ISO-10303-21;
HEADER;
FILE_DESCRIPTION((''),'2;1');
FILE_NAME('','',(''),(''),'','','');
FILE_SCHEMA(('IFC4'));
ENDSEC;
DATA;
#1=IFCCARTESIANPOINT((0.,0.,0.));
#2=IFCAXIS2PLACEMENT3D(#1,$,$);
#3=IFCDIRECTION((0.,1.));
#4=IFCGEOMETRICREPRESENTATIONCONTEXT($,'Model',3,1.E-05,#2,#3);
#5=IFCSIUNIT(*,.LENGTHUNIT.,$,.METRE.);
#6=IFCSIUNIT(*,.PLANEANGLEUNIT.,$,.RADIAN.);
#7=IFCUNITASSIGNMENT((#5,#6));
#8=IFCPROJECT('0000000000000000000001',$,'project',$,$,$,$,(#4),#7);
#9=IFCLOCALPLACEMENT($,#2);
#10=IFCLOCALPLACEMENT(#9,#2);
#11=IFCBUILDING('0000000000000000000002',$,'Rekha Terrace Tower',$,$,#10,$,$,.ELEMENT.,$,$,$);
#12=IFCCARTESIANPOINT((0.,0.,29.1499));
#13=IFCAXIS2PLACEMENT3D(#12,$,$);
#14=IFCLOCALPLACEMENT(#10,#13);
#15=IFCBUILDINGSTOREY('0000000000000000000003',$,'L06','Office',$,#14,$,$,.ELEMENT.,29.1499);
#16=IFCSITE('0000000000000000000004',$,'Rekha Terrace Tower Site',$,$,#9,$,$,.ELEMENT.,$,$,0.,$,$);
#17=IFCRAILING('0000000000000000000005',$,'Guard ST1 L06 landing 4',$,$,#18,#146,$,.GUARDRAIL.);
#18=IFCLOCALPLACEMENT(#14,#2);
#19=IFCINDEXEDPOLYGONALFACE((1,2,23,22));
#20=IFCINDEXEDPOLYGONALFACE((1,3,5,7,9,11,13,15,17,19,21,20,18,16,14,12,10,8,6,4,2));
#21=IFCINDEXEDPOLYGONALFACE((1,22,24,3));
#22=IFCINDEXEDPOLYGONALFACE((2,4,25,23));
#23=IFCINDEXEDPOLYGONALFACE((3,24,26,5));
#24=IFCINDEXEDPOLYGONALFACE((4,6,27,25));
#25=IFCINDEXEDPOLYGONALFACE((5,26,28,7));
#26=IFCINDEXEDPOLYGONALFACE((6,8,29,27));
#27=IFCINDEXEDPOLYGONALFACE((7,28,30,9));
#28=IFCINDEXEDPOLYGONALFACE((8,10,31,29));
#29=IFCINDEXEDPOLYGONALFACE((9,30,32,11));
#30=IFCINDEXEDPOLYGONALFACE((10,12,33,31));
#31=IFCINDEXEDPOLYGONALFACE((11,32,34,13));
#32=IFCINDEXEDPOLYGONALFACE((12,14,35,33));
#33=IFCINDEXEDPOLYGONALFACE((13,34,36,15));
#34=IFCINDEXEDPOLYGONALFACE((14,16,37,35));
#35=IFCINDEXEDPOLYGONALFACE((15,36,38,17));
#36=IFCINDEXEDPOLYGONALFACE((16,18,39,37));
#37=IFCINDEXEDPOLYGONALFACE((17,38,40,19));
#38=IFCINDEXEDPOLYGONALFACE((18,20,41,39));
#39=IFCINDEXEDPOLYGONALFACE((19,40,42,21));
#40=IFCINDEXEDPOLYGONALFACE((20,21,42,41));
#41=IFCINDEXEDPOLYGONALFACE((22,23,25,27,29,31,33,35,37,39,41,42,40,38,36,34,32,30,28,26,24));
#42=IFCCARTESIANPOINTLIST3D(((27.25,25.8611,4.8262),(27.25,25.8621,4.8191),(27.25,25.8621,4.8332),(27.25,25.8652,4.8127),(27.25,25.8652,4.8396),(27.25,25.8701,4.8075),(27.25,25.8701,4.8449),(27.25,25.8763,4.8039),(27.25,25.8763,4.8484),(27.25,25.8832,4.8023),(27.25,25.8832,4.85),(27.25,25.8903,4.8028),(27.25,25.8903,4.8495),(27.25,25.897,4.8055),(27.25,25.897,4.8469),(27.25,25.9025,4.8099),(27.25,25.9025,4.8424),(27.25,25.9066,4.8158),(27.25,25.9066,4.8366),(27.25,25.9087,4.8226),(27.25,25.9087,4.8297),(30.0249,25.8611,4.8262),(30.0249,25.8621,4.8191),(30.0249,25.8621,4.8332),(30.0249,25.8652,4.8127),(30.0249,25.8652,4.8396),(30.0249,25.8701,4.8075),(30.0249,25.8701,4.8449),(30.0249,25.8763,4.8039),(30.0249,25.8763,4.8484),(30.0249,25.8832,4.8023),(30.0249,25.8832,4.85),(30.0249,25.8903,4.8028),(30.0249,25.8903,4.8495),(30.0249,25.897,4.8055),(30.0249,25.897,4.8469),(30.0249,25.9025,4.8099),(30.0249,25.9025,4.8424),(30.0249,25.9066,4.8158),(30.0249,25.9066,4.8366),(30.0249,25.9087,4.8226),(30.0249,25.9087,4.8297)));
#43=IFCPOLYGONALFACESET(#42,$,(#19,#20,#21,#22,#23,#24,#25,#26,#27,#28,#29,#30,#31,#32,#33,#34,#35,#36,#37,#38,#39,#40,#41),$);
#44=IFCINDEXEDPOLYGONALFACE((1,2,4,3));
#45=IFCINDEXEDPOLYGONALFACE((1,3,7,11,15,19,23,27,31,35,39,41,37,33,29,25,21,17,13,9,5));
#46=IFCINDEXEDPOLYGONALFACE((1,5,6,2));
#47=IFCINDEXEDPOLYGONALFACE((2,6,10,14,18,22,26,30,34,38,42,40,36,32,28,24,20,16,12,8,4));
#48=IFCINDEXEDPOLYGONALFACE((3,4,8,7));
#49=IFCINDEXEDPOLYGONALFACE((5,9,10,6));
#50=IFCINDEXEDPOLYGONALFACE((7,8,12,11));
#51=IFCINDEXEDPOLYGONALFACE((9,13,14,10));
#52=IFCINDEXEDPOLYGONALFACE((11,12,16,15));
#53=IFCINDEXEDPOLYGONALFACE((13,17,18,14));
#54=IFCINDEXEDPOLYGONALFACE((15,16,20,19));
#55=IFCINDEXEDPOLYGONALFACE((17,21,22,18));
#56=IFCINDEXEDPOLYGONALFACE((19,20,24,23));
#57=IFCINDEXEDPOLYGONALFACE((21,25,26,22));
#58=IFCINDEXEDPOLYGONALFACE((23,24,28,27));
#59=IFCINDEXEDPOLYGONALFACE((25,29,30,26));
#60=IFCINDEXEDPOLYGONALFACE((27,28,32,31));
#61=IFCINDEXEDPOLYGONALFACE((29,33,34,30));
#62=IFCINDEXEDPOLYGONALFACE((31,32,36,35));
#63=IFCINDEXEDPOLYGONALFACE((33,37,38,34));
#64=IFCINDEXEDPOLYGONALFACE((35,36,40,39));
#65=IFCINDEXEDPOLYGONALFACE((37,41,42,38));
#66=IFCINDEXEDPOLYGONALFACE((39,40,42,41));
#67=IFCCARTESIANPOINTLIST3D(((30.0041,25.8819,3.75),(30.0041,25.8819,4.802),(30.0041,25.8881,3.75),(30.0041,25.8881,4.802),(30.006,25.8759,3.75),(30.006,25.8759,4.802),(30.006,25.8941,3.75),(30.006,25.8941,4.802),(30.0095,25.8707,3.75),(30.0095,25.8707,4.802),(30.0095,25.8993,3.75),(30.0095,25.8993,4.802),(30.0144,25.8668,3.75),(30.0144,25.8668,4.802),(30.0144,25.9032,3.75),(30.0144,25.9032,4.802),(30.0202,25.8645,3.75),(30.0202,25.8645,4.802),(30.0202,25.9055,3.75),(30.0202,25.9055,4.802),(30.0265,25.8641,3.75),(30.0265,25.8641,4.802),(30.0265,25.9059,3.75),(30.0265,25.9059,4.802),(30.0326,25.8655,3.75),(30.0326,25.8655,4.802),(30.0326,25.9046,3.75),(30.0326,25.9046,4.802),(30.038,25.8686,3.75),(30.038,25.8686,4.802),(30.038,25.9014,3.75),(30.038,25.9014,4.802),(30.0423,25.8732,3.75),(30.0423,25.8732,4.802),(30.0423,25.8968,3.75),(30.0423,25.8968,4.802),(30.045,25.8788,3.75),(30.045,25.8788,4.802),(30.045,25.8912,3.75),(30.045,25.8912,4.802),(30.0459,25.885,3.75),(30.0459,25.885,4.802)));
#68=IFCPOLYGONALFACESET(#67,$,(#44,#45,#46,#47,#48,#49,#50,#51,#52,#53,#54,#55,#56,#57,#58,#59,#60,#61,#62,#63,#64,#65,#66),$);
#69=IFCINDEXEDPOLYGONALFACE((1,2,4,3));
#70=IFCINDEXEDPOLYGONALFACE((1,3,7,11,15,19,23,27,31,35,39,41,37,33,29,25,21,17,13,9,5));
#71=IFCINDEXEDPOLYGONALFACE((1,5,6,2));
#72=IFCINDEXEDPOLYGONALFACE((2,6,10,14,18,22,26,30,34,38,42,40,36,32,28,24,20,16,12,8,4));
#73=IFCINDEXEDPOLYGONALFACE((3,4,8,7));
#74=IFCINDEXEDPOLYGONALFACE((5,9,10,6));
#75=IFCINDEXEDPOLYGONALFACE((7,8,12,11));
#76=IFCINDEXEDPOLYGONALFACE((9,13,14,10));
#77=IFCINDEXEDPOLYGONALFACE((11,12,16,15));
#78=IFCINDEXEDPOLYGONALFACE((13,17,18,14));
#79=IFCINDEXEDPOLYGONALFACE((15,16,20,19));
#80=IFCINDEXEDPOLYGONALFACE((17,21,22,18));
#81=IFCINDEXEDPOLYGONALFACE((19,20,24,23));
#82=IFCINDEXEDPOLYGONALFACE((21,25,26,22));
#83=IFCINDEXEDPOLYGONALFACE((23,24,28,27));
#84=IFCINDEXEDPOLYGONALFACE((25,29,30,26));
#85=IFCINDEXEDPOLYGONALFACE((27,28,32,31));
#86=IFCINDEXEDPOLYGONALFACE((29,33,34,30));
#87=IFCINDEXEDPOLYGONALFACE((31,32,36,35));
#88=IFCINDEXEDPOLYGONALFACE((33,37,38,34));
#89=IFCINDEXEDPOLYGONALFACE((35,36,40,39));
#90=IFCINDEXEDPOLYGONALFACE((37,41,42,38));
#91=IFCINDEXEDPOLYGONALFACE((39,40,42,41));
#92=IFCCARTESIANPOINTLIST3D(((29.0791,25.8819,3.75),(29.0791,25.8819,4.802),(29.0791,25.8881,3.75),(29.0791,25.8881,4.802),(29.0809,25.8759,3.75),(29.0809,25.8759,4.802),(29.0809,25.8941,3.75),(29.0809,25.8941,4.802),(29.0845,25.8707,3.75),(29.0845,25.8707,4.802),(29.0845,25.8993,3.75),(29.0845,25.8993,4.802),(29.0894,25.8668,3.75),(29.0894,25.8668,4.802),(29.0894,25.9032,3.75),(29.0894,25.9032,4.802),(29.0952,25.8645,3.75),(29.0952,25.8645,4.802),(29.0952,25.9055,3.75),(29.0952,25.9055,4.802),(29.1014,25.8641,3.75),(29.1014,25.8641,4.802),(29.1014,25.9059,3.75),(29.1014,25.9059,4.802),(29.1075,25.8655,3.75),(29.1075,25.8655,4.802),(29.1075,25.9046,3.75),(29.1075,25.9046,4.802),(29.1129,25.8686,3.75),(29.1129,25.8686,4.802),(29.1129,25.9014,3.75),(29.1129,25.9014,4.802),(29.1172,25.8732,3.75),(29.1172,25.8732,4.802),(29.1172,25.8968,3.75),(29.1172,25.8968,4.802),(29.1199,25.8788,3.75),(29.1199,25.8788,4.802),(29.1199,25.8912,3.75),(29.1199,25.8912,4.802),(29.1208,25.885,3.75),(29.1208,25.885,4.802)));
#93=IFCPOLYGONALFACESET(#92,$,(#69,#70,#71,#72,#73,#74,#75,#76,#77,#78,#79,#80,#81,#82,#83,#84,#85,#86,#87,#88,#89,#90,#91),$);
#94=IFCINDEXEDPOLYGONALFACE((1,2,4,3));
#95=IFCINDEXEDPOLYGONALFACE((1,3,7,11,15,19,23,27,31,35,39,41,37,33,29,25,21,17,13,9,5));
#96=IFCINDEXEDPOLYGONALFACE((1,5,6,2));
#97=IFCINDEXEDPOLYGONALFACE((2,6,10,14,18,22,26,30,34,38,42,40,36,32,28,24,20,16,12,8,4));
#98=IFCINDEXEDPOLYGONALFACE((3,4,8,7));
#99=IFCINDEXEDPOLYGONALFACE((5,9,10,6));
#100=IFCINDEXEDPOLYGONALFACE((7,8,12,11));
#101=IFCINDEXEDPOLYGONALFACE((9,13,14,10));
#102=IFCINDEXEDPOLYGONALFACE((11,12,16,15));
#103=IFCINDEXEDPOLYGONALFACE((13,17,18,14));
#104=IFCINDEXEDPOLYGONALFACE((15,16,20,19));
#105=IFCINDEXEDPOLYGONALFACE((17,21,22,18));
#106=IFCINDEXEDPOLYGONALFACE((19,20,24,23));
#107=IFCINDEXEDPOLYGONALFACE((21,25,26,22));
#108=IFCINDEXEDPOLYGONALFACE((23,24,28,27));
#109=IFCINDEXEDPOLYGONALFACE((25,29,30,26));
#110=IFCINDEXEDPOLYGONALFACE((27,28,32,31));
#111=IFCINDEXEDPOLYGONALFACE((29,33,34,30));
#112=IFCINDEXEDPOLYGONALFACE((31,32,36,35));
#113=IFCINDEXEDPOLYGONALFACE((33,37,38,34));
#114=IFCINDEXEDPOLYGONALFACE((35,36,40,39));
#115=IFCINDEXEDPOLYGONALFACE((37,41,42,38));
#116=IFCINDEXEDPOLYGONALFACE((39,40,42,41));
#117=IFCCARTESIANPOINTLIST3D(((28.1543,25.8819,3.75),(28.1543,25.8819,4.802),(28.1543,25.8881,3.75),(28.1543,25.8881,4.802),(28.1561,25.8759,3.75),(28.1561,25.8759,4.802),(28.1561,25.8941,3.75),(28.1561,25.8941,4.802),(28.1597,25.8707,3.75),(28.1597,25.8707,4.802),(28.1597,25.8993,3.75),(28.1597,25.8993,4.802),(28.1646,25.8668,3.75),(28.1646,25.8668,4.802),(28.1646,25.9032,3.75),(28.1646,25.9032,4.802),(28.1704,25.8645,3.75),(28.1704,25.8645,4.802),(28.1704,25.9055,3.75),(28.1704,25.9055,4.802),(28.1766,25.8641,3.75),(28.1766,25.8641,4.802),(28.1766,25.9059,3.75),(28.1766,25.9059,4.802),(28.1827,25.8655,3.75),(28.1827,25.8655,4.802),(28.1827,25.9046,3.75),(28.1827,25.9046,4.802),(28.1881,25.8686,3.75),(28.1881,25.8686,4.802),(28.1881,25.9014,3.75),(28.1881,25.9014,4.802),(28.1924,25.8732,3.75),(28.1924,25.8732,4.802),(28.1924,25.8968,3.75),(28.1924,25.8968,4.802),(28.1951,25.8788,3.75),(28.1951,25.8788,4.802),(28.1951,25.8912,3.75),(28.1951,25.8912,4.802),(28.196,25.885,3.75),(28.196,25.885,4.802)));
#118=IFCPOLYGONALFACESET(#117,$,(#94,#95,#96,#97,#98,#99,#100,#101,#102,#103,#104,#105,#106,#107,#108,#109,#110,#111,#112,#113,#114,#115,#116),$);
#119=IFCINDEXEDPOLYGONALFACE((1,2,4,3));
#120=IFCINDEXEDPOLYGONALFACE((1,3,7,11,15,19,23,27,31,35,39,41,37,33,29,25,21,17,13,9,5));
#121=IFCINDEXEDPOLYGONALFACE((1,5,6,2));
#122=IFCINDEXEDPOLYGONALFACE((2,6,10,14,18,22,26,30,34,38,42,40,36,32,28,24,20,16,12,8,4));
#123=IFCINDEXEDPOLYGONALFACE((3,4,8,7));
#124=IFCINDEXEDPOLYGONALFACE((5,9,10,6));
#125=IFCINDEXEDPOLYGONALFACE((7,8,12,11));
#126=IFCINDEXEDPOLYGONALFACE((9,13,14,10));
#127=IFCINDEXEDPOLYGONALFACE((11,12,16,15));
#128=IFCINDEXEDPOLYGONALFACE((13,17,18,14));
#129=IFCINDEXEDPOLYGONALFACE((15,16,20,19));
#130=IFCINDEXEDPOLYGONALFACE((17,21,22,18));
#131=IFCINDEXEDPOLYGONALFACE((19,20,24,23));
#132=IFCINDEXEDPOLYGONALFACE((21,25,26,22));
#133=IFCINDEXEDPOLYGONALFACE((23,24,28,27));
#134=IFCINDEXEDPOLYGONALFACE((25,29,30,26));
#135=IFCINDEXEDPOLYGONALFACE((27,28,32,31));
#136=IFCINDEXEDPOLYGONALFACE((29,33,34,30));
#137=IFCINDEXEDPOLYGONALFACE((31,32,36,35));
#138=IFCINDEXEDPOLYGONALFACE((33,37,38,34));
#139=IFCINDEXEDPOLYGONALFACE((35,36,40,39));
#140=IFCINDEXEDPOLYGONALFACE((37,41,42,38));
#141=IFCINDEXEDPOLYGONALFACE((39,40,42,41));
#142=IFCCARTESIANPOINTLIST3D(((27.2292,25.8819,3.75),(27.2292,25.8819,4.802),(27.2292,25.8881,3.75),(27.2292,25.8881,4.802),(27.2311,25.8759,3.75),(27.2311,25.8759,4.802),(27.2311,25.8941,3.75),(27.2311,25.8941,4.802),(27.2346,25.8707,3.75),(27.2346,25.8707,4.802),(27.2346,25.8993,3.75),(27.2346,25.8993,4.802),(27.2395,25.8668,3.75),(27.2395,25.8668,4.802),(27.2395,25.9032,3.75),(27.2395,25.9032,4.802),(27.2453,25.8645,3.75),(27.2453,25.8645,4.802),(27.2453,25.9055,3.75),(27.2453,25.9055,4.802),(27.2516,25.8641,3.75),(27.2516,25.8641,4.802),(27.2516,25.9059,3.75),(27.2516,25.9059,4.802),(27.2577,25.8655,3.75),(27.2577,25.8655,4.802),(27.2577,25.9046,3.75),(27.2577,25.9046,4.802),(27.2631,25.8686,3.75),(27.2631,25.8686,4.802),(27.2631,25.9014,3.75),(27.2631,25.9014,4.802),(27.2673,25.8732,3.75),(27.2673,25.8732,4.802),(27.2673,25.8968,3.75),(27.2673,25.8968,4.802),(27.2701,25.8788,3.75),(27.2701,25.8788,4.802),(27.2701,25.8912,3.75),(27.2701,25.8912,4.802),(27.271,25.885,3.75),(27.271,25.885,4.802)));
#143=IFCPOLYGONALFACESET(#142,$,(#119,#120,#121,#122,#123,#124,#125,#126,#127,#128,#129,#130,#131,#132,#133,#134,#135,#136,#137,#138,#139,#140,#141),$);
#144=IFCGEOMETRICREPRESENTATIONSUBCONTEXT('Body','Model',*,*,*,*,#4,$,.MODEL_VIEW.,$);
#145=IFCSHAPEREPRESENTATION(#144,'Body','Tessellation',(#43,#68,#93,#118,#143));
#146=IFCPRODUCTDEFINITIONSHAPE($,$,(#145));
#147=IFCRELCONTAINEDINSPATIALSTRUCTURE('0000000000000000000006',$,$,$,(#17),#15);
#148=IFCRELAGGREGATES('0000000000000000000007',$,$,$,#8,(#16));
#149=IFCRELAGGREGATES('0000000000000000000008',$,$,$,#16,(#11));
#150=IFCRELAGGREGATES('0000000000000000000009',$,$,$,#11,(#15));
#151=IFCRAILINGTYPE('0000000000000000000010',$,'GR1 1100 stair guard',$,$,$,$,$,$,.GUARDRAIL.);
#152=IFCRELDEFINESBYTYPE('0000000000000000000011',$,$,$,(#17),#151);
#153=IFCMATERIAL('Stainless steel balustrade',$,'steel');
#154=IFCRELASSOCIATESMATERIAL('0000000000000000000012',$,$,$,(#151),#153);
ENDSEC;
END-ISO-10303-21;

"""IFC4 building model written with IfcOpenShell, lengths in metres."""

from ifc_helpers import new_model, si_unit, direction, frame, origin, origin_2d, place, context, subcontext, project, spatial, circle, extrude, material, type_object, element, save


model = new_model("IFC4")

# Units and contexts
model_context = context("Model", 3, precision=1e-05, world=origin(), true_north=direction((0.0, 1.0)))
body_context = subcontext(model_context, "Body", "Model", "MODEL_VIEW")
ifc_project = project(units=[si_unit("LENGTHUNIT", "METRE"), si_unit("PLANEANGLEUNIT", "RADIAN")], contexts=[model_context])

# Site, building, storey
site_placement = place(None, origin())
site = spatial("IfcSite", under=ifc_project, at=site_placement, Name="Rekha Terrace Tower Site", CompositionType="ELEMENT", RefElevation=0.0)
building_placement = place(site_placement, origin())
building = spatial("IfcBuilding", under=site, at=building_placement, Name="Rekha Terrace Tower", CompositionType="ELEMENT")
storey_placement = place(building_placement, frame((0.0, 0.0, 29.1499)))
storey = spatial("IfcBuildingStorey", under=building, at=storey_placement, Name="L06", Description="Office", CompositionType="ELEMENT", Elevation=29.1499)

# Railing
ifc_material_1 = material(Name="Stainless steel balustrade", Category="steel")
railing_type_1 = type_object("IfcRailingType", Name="GR1 1100 stair guard", PredefinedType="GUARDRAIL", material=ifc_material_1)
railing_1_placement = place(storey_placement, frame((30.0249, 25.885, 3.75)))
element("IfcRailing", 1, at=railing_1_placement, inside=storey, type_object=railing_type_1, Name="Guard ST1 L06 landing 4", PredefinedType="GUARDRAIL", context=body_context, shape_type="SweptSolid", body=[
    extrude(circle(Radius=0.0239, at=origin_2d()), frame((0.0, 0.0, 1.0762), z_axis=(-1.0, 0.0, 0.0), x_axis=(0.0, -1.0, 0.0)), (0.0, 0.0, 1.0), 2.7749),
    extrude(circle(Radius=0.021, at=origin_2d()), origin(), (0.0, 0.0, 1.0), 1.052),
    extrude(circle(Radius=0.021, at=origin_2d()), frame((-0.925, 0.0, 0.0)), (0.0, 0.0, 1.0), 1.052),
    extrude(circle(Radius=0.021, at=origin_2d()), frame((-1.8499, 0.0, 0.0)), (0.0, 0.0, 1.0), 1.052),
    extrude(circle(Radius=0.021, at=origin_2d()), frame((-2.7749, 0.0, 0.0)), (0.0, 0.0, 1.0), 1.052),
])

save(model, "model.ifc")
